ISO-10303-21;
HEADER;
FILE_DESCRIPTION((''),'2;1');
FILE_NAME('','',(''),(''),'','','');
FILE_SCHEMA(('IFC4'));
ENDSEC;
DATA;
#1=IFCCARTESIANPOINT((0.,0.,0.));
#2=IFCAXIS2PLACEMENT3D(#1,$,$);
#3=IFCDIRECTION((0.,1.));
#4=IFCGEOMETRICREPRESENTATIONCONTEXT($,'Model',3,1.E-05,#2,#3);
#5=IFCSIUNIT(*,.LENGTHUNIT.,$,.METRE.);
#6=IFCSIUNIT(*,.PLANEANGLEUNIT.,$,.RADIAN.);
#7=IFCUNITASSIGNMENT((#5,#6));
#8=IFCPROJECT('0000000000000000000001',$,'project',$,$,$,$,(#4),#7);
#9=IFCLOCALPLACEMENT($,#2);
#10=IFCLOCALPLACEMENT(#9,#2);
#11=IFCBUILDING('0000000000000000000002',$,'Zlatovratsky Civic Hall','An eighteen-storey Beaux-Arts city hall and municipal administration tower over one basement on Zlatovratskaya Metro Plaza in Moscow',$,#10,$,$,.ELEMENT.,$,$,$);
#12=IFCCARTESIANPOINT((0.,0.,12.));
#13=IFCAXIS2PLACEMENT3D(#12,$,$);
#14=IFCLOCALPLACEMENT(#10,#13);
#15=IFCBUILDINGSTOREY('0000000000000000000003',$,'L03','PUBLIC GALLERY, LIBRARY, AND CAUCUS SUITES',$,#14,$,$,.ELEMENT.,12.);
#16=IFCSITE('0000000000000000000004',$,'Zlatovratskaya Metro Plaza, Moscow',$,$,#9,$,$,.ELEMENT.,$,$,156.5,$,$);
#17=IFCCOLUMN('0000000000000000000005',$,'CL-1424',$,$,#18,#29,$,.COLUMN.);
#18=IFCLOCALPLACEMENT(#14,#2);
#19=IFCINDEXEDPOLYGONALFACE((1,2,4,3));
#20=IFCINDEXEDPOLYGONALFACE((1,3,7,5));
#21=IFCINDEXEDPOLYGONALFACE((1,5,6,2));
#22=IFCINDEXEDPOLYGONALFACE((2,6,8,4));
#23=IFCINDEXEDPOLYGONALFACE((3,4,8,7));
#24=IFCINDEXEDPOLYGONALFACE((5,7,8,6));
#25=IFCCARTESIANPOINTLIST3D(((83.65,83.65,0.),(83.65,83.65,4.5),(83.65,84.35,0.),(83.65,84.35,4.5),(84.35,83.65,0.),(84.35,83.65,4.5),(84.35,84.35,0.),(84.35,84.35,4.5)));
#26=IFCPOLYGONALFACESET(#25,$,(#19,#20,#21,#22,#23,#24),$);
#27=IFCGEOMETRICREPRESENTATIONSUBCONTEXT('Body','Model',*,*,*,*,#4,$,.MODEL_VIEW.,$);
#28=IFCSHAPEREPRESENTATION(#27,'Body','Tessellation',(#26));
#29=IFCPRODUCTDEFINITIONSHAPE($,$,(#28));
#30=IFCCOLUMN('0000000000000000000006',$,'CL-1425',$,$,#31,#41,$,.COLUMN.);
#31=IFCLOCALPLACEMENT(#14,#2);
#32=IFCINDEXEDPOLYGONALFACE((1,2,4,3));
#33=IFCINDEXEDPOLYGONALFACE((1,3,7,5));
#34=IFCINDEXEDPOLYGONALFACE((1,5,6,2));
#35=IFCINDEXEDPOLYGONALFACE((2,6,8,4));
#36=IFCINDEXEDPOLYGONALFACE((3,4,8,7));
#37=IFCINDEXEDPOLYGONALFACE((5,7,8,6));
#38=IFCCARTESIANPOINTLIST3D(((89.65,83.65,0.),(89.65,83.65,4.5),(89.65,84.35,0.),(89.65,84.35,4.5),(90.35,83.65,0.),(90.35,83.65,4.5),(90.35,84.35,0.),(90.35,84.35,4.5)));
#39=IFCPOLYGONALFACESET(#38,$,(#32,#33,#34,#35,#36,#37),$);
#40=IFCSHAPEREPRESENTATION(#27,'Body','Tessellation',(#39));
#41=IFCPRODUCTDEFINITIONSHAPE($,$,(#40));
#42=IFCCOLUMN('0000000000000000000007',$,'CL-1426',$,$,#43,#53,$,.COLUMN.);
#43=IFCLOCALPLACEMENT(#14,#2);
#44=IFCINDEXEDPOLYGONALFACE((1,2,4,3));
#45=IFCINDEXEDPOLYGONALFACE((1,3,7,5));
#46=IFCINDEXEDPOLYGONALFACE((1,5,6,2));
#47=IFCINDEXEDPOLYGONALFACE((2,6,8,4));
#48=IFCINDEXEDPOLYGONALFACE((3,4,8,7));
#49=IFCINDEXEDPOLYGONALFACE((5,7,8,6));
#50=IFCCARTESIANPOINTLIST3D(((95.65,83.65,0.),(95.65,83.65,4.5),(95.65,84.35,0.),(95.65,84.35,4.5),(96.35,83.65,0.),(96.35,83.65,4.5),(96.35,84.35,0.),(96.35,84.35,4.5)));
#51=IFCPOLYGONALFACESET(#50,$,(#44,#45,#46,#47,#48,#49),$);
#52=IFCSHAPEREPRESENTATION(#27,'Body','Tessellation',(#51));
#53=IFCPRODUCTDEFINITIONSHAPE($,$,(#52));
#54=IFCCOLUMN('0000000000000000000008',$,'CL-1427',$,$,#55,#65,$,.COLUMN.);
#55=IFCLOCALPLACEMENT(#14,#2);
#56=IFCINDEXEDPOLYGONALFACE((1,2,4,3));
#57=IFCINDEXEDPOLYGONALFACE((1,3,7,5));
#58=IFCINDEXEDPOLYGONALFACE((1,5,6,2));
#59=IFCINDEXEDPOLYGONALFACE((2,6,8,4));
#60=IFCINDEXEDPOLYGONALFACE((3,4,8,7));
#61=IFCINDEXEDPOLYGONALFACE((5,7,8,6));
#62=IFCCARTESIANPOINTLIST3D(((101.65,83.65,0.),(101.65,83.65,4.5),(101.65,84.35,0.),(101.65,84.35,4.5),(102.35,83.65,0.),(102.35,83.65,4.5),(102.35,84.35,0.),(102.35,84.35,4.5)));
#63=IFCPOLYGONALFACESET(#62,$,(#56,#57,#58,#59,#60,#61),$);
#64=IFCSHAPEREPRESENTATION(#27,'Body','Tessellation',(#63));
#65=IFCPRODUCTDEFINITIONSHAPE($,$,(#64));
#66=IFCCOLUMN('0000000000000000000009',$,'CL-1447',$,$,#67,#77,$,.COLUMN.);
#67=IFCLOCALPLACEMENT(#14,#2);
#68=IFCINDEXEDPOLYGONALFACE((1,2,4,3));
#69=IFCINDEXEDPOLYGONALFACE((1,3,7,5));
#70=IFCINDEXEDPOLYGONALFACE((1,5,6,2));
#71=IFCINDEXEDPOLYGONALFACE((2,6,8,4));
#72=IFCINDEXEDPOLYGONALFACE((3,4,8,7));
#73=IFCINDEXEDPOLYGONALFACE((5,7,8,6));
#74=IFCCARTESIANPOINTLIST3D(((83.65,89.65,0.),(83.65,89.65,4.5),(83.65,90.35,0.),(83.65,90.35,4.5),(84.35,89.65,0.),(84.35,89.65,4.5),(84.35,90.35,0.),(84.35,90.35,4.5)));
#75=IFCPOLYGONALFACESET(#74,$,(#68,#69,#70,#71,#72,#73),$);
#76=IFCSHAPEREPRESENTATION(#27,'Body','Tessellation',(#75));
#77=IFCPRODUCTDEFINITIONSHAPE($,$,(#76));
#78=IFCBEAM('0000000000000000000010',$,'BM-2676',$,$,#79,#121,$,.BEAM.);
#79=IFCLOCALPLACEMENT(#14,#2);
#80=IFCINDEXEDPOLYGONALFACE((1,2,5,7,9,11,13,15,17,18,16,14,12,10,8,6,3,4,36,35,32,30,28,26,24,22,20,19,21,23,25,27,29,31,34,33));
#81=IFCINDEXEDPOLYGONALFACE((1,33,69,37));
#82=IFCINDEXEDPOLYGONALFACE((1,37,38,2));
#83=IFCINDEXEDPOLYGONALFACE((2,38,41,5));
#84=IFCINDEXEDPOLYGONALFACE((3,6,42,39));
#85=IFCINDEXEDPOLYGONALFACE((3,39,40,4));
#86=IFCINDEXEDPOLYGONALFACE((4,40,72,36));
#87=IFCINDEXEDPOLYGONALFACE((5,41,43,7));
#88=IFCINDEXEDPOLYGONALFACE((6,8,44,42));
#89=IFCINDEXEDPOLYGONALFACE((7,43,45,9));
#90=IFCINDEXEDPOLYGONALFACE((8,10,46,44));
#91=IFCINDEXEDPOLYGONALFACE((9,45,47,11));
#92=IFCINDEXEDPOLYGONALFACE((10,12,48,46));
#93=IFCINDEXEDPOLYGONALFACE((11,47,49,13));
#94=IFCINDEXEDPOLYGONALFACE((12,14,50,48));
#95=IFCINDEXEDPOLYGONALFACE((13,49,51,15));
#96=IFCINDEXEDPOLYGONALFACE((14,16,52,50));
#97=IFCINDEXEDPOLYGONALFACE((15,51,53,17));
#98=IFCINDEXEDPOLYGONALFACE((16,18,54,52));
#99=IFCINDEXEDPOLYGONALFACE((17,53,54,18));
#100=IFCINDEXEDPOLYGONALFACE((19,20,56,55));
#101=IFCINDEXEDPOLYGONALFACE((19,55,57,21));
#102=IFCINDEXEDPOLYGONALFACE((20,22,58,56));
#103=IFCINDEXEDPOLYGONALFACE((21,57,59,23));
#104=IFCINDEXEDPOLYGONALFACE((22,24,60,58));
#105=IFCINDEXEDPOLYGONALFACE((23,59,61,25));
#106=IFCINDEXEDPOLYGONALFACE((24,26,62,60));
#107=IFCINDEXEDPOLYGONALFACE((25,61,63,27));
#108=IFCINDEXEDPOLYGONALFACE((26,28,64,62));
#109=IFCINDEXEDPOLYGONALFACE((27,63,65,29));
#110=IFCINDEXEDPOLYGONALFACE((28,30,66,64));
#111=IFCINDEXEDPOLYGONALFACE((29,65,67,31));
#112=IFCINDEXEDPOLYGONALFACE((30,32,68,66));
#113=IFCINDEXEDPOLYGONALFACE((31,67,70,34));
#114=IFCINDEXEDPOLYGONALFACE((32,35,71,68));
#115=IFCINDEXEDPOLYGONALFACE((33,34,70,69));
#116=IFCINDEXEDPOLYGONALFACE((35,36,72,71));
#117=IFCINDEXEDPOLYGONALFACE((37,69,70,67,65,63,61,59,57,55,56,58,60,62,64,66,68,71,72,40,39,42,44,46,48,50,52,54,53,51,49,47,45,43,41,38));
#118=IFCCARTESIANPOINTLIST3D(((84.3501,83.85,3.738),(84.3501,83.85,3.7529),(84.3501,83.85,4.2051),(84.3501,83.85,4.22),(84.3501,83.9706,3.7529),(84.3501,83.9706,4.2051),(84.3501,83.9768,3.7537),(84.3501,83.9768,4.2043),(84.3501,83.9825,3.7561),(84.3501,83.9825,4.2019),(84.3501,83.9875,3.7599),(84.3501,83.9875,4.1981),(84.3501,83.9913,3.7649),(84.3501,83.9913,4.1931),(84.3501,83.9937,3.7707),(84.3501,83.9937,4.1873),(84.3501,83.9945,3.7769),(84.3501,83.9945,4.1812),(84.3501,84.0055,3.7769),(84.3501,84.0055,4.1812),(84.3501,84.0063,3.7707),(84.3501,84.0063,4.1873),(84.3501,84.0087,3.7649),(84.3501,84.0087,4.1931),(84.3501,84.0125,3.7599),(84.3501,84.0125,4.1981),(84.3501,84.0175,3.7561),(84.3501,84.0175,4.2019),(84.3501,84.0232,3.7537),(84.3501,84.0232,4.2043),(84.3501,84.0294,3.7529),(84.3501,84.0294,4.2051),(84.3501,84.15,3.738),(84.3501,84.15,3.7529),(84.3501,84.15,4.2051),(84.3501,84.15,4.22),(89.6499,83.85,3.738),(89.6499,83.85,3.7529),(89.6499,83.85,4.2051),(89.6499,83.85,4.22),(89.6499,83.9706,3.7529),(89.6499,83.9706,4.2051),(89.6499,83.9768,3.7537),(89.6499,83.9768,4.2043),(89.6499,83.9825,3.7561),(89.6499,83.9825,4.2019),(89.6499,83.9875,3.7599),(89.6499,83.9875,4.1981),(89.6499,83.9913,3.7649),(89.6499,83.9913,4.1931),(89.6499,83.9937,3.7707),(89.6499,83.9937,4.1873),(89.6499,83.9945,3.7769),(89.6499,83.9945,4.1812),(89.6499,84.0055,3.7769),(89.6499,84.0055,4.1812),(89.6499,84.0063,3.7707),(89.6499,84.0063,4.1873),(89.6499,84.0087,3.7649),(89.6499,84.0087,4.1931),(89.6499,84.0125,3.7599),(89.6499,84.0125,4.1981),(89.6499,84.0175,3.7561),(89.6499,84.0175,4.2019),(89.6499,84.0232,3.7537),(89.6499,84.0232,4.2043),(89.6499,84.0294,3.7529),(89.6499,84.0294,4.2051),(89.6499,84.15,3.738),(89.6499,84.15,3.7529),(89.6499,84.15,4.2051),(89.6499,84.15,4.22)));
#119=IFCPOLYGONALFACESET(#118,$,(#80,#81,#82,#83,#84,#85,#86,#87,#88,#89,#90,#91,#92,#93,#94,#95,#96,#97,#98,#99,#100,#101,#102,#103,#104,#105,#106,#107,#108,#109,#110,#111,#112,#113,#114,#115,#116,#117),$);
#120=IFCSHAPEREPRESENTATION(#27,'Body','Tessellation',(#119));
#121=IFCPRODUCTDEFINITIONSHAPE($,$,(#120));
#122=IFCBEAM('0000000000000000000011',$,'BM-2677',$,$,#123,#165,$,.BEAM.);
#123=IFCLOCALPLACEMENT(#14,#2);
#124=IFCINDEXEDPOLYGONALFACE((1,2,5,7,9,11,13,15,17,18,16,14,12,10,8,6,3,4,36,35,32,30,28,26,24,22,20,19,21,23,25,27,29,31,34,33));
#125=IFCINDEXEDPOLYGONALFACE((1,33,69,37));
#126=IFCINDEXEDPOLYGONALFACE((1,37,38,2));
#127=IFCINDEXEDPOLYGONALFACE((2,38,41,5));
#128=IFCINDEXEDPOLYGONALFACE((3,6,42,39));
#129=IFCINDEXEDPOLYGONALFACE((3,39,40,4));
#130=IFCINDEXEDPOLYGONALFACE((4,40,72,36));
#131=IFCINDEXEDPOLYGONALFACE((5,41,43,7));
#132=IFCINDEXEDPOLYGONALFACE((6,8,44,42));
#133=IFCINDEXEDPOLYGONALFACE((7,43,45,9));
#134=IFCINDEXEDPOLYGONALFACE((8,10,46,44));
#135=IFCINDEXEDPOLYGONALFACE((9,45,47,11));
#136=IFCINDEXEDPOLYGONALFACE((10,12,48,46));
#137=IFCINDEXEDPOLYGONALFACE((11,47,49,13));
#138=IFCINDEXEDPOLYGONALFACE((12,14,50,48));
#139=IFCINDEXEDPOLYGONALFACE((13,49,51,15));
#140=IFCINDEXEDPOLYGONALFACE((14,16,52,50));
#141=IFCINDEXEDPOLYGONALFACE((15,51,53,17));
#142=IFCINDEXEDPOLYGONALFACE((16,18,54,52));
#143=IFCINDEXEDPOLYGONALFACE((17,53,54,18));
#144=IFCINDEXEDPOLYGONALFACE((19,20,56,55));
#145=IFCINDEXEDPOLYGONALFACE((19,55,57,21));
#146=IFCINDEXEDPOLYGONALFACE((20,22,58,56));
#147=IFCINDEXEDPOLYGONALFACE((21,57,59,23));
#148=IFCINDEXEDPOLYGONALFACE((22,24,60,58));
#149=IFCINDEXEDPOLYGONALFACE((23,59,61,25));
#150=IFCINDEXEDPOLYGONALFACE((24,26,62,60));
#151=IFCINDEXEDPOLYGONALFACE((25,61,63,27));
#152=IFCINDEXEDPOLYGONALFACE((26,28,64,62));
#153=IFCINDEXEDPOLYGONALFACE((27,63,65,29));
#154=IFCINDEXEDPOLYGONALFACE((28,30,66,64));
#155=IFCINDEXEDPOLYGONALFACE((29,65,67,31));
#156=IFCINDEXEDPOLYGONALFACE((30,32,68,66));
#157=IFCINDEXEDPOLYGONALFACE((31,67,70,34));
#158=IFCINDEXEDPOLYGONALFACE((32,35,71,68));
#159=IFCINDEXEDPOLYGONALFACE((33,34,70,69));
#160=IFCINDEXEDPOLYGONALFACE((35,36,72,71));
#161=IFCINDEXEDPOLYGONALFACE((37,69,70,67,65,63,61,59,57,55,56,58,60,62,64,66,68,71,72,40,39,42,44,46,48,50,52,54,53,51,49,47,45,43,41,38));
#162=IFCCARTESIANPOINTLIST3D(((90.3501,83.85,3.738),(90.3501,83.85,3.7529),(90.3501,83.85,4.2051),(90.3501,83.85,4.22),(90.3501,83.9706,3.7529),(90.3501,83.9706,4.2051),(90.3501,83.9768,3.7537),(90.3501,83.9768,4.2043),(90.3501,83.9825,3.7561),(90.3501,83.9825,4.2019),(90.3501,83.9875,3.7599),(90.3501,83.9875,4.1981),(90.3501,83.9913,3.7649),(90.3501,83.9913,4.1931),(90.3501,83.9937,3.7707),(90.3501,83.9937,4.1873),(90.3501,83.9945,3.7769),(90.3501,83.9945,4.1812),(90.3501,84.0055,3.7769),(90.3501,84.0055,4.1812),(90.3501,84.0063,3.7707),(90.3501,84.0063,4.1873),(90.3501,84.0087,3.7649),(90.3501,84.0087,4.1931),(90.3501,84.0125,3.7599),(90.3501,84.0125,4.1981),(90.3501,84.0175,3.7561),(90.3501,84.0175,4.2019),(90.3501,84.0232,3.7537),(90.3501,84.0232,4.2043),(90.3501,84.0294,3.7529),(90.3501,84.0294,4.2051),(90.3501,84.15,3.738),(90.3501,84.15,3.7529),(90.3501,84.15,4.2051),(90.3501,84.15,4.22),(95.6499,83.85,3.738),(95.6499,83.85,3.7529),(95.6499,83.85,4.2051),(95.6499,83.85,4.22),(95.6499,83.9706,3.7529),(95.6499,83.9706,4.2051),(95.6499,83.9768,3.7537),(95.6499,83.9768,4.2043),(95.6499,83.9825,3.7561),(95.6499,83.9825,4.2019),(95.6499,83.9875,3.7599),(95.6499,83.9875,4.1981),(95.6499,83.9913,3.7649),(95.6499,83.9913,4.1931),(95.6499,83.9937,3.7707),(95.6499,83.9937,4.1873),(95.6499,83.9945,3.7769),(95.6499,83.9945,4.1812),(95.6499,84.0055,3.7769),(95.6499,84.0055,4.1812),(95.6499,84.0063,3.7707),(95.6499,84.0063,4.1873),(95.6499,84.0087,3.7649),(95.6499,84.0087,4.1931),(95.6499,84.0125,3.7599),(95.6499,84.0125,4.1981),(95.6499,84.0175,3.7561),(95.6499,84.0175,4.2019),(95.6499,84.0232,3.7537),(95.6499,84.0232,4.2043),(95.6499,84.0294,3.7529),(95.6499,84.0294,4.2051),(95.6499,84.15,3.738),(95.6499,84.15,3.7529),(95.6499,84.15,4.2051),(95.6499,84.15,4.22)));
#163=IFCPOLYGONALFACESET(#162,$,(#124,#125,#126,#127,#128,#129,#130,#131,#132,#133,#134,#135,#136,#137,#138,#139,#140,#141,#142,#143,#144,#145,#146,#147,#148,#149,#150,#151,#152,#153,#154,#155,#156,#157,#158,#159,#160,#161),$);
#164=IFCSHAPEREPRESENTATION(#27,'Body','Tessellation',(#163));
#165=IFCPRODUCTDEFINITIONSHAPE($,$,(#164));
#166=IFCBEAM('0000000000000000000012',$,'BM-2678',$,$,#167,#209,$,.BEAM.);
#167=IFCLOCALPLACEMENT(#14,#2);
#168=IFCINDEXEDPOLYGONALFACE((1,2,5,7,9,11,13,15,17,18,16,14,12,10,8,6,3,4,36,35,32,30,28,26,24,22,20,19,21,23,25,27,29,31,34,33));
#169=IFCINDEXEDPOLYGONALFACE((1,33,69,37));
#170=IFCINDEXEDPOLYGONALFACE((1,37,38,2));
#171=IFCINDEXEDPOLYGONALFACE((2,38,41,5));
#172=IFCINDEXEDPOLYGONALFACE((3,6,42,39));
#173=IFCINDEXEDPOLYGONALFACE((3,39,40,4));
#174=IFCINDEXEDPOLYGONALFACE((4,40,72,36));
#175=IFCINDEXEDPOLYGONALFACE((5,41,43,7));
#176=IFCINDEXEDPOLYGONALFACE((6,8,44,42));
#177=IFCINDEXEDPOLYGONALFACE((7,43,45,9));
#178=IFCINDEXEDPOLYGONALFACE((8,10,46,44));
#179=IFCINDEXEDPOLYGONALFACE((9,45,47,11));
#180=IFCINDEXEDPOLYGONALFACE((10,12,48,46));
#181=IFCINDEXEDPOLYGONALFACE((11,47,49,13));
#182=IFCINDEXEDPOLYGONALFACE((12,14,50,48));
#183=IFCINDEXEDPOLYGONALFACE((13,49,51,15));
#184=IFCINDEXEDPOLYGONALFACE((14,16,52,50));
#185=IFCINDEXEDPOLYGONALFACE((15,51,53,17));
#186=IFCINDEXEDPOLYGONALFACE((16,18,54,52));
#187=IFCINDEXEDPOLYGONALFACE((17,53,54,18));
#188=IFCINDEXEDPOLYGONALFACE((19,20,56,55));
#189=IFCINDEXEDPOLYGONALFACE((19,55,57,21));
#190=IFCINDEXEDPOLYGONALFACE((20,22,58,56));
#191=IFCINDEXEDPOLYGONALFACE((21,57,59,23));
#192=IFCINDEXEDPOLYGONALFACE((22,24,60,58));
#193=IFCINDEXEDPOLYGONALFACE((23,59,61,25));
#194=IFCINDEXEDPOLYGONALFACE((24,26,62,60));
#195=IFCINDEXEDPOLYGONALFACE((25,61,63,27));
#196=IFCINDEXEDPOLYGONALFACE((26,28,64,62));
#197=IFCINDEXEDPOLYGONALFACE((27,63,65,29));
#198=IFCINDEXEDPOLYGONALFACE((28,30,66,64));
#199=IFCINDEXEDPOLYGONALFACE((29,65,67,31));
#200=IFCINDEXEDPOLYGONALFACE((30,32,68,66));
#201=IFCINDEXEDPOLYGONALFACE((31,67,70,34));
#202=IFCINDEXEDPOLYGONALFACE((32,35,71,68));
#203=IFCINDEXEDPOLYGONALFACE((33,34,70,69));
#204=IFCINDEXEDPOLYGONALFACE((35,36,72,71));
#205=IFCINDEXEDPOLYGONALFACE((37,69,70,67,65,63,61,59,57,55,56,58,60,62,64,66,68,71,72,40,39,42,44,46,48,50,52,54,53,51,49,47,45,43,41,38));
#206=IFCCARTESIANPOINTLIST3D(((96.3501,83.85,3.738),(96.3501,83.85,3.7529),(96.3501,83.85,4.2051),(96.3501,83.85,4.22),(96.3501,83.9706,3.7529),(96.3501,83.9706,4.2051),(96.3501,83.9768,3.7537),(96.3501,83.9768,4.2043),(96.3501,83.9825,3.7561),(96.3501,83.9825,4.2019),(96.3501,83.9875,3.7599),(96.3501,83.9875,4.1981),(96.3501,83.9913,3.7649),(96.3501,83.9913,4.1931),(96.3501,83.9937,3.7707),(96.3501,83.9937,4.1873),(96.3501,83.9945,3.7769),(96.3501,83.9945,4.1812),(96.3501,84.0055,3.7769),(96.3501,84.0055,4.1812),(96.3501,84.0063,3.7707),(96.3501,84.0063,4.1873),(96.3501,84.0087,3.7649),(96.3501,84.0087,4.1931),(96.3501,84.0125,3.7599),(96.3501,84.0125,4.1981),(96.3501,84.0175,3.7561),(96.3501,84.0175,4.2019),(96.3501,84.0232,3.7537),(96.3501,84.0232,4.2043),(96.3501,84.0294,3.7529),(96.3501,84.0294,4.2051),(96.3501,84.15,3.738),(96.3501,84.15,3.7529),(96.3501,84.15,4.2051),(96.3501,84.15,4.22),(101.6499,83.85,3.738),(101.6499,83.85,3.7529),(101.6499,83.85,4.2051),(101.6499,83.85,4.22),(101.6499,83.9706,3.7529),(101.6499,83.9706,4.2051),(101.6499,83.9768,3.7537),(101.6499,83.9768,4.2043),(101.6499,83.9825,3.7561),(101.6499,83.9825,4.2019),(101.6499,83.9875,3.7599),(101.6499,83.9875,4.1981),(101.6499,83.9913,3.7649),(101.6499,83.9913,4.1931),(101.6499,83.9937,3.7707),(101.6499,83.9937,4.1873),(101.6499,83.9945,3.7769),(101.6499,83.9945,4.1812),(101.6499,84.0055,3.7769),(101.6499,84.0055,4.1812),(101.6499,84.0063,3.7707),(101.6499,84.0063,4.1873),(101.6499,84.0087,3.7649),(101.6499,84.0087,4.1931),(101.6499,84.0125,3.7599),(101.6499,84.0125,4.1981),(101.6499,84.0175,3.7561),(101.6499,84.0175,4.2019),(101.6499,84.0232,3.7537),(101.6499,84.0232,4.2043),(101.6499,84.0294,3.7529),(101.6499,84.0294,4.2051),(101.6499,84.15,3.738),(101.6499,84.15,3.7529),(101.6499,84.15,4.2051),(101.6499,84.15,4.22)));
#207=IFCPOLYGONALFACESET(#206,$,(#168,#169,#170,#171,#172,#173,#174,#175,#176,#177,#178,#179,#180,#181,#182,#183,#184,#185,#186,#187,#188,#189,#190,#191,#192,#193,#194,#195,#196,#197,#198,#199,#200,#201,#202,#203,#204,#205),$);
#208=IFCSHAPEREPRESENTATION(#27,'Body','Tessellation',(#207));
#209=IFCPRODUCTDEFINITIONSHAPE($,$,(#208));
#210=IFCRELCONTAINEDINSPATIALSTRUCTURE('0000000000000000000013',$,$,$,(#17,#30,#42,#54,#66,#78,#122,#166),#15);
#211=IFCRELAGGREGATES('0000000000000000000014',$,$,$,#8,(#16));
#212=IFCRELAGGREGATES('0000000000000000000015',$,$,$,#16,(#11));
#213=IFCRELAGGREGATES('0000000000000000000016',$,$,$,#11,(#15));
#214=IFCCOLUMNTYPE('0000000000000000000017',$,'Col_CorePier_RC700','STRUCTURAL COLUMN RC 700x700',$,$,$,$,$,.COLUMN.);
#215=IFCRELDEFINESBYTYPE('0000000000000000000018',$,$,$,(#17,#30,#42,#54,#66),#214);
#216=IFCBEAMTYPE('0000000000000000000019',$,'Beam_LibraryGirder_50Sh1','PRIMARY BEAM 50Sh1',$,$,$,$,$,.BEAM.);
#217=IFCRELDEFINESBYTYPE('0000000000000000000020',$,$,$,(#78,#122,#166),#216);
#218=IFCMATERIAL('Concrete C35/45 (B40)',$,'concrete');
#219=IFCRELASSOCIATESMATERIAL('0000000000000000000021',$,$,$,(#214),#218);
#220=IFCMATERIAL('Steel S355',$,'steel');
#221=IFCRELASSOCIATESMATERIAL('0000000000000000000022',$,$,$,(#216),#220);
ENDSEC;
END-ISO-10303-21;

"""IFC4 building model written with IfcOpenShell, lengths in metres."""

from ifc_helpers import new_model, si_unit, direction, frame, origin, origin_2d, place, context, subcontext, project, spatial, rectangle, i_section, extrude, material, material_profile, profile_set, type_object, element, save


model = new_model("IFC4")

# Units and contexts
model_context = context("Model", 3, precision=1e-05, world=origin(), true_north=direction((0.0, 1.0)))
body_context = subcontext(model_context, "Body", "Model", "MODEL_VIEW")
ifc_project = project(units=[si_unit("LENGTHUNIT", "METRE"), si_unit("PLANEANGLEUNIT", "RADIAN")], contexts=[model_context])

# Site, building, storey
site_placement = place(None, origin())
site = spatial("IfcSite", under=ifc_project, at=site_placement, Name="Zlatovratskaya Metro Plaza, Moscow", CompositionType="ELEMENT", RefElevation=156.5)
building_placement = place(site_placement, origin())
building = spatial("IfcBuilding", under=site, at=building_placement, Name="Zlatovratsky Civic Hall", Description="An eighteen-storey Beaux-Arts city hall and municipal administration tower over one basement on Zlatovratskaya Metro Plaza in Moscow", CompositionType="ELEMENT")
storey_placement = place(building_placement, frame((0.0, 0.0, 12.0)))
storey = spatial("IfcBuildingStorey", under=building, at=storey_placement, Name="L03", Description="PUBLIC GALLERY, LIBRARY, AND CAUCUS SUITES", CompositionType="ELEMENT", Elevation=12.0)

# Columns
ifc_material_1 = material(Name="Concrete C35/45 (B40)", Category="concrete")
ifc_material_profile_1 = material_profile(ifc_material_1, rectangle(XDim=0.7, YDim=0.7, at=origin_2d()), Name="RC 700x700")
ifc_profile_set_1 = profile_set([ifc_material_profile_1], Name="Concrete C35/45 (B40)")
column_type = type_object("IfcColumnType", Name="Col_CorePier_RC700", Description="STRUCTURAL COLUMN RC 700x700", PredefinedType="COLUMN", material=ifc_profile_set_1)
for number, where, z_axis, x_axis, name in (
    (1, (84.0, 84.0, 0.0), (0.0, 0.0, 1.0), (1.0, 0.0, 0.0), "CL-1424"),
    (2, (90.0, 84.0, 0.0), (0.0, 0.0, 1.0), (1.0, 0.0, 0.0), "CL-1425"),
    (3, (96.0, 84.0, 0.0), (0.0, 0.0, 1.0), (1.0, 0.0, 0.0), "CL-1426"),
    (4, (102.0, 84.0, 0.0), (0.0, 0.0, 1.0), (1.0, 0.0, 0.0), "CL-1427"),
    (5, (84.0, 90.0, 0.0), (0.0, 0.0, 1.0), (1.0, 0.0, 0.0), "CL-1447"),
):
    element("IfcColumn", number, at=place(storey_placement, frame(where, z_axis=z_axis, x_axis=x_axis)), inside=storey, type_object=column_type, Name=name, PredefinedType="COLUMN", context=body_context, shape_type="SweptSolid", body=[
        extrude(rectangle(XDim=0.7, YDim=0.7, at=origin_2d()), origin(), (0.0, 0.0, 1.0), 4.5),
    ])

# Beams
ifc_material_2 = material(Name="Steel S355", Category="steel")
ifc_material_profile_2 = material_profile(ifc_material_2, i_section(OverallWidth=0.3, OverallDepth=0.4819, WebThickness=0.011, FlangeThickness=0.0149, FilletRadius=0.0239, at=origin_2d()), Name="50Sh1")
ifc_profile_set_2 = profile_set([ifc_material_profile_2], Name="Steel S355")
beam_type = type_object("IfcBeamType", Name="Beam_LibraryGirder_50Sh1", Description="PRIMARY BEAM 50Sh1", PredefinedType="BEAM", material=ifc_profile_set_2)
for number, where, z_axis, x_axis, name in (
    (6, (84.3501, 84.0, 3.979), (1.0, 0.0, 0.0), (0.0, 1.0, 0.0), "BM-2676"),
    (7, (90.3501, 84.0, 3.979), (1.0, 0.0, 0.0), (0.0, 1.0, 0.0), "BM-2677"),
    (8, (96.3501, 84.0, 3.979), (1.0, 0.0, 0.0), (0.0, 1.0, 0.0), "BM-2678"),
):
    element("IfcBeam", number, at=place(storey_placement, frame(where, z_axis=z_axis, x_axis=x_axis)), inside=storey, type_object=beam_type, Name=name, PredefinedType="BEAM", context=body_context, shape_type="SweptSolid", body=[
        extrude(i_section(OverallWidth=0.3, OverallDepth=0.4819, WebThickness=0.011, FlangeThickness=0.0149, FilletRadius=0.0239, at=origin_2d()), origin(), (0.0, 0.0, 1.0), 5.2998),
    ])

save(model, "model.ifc")
